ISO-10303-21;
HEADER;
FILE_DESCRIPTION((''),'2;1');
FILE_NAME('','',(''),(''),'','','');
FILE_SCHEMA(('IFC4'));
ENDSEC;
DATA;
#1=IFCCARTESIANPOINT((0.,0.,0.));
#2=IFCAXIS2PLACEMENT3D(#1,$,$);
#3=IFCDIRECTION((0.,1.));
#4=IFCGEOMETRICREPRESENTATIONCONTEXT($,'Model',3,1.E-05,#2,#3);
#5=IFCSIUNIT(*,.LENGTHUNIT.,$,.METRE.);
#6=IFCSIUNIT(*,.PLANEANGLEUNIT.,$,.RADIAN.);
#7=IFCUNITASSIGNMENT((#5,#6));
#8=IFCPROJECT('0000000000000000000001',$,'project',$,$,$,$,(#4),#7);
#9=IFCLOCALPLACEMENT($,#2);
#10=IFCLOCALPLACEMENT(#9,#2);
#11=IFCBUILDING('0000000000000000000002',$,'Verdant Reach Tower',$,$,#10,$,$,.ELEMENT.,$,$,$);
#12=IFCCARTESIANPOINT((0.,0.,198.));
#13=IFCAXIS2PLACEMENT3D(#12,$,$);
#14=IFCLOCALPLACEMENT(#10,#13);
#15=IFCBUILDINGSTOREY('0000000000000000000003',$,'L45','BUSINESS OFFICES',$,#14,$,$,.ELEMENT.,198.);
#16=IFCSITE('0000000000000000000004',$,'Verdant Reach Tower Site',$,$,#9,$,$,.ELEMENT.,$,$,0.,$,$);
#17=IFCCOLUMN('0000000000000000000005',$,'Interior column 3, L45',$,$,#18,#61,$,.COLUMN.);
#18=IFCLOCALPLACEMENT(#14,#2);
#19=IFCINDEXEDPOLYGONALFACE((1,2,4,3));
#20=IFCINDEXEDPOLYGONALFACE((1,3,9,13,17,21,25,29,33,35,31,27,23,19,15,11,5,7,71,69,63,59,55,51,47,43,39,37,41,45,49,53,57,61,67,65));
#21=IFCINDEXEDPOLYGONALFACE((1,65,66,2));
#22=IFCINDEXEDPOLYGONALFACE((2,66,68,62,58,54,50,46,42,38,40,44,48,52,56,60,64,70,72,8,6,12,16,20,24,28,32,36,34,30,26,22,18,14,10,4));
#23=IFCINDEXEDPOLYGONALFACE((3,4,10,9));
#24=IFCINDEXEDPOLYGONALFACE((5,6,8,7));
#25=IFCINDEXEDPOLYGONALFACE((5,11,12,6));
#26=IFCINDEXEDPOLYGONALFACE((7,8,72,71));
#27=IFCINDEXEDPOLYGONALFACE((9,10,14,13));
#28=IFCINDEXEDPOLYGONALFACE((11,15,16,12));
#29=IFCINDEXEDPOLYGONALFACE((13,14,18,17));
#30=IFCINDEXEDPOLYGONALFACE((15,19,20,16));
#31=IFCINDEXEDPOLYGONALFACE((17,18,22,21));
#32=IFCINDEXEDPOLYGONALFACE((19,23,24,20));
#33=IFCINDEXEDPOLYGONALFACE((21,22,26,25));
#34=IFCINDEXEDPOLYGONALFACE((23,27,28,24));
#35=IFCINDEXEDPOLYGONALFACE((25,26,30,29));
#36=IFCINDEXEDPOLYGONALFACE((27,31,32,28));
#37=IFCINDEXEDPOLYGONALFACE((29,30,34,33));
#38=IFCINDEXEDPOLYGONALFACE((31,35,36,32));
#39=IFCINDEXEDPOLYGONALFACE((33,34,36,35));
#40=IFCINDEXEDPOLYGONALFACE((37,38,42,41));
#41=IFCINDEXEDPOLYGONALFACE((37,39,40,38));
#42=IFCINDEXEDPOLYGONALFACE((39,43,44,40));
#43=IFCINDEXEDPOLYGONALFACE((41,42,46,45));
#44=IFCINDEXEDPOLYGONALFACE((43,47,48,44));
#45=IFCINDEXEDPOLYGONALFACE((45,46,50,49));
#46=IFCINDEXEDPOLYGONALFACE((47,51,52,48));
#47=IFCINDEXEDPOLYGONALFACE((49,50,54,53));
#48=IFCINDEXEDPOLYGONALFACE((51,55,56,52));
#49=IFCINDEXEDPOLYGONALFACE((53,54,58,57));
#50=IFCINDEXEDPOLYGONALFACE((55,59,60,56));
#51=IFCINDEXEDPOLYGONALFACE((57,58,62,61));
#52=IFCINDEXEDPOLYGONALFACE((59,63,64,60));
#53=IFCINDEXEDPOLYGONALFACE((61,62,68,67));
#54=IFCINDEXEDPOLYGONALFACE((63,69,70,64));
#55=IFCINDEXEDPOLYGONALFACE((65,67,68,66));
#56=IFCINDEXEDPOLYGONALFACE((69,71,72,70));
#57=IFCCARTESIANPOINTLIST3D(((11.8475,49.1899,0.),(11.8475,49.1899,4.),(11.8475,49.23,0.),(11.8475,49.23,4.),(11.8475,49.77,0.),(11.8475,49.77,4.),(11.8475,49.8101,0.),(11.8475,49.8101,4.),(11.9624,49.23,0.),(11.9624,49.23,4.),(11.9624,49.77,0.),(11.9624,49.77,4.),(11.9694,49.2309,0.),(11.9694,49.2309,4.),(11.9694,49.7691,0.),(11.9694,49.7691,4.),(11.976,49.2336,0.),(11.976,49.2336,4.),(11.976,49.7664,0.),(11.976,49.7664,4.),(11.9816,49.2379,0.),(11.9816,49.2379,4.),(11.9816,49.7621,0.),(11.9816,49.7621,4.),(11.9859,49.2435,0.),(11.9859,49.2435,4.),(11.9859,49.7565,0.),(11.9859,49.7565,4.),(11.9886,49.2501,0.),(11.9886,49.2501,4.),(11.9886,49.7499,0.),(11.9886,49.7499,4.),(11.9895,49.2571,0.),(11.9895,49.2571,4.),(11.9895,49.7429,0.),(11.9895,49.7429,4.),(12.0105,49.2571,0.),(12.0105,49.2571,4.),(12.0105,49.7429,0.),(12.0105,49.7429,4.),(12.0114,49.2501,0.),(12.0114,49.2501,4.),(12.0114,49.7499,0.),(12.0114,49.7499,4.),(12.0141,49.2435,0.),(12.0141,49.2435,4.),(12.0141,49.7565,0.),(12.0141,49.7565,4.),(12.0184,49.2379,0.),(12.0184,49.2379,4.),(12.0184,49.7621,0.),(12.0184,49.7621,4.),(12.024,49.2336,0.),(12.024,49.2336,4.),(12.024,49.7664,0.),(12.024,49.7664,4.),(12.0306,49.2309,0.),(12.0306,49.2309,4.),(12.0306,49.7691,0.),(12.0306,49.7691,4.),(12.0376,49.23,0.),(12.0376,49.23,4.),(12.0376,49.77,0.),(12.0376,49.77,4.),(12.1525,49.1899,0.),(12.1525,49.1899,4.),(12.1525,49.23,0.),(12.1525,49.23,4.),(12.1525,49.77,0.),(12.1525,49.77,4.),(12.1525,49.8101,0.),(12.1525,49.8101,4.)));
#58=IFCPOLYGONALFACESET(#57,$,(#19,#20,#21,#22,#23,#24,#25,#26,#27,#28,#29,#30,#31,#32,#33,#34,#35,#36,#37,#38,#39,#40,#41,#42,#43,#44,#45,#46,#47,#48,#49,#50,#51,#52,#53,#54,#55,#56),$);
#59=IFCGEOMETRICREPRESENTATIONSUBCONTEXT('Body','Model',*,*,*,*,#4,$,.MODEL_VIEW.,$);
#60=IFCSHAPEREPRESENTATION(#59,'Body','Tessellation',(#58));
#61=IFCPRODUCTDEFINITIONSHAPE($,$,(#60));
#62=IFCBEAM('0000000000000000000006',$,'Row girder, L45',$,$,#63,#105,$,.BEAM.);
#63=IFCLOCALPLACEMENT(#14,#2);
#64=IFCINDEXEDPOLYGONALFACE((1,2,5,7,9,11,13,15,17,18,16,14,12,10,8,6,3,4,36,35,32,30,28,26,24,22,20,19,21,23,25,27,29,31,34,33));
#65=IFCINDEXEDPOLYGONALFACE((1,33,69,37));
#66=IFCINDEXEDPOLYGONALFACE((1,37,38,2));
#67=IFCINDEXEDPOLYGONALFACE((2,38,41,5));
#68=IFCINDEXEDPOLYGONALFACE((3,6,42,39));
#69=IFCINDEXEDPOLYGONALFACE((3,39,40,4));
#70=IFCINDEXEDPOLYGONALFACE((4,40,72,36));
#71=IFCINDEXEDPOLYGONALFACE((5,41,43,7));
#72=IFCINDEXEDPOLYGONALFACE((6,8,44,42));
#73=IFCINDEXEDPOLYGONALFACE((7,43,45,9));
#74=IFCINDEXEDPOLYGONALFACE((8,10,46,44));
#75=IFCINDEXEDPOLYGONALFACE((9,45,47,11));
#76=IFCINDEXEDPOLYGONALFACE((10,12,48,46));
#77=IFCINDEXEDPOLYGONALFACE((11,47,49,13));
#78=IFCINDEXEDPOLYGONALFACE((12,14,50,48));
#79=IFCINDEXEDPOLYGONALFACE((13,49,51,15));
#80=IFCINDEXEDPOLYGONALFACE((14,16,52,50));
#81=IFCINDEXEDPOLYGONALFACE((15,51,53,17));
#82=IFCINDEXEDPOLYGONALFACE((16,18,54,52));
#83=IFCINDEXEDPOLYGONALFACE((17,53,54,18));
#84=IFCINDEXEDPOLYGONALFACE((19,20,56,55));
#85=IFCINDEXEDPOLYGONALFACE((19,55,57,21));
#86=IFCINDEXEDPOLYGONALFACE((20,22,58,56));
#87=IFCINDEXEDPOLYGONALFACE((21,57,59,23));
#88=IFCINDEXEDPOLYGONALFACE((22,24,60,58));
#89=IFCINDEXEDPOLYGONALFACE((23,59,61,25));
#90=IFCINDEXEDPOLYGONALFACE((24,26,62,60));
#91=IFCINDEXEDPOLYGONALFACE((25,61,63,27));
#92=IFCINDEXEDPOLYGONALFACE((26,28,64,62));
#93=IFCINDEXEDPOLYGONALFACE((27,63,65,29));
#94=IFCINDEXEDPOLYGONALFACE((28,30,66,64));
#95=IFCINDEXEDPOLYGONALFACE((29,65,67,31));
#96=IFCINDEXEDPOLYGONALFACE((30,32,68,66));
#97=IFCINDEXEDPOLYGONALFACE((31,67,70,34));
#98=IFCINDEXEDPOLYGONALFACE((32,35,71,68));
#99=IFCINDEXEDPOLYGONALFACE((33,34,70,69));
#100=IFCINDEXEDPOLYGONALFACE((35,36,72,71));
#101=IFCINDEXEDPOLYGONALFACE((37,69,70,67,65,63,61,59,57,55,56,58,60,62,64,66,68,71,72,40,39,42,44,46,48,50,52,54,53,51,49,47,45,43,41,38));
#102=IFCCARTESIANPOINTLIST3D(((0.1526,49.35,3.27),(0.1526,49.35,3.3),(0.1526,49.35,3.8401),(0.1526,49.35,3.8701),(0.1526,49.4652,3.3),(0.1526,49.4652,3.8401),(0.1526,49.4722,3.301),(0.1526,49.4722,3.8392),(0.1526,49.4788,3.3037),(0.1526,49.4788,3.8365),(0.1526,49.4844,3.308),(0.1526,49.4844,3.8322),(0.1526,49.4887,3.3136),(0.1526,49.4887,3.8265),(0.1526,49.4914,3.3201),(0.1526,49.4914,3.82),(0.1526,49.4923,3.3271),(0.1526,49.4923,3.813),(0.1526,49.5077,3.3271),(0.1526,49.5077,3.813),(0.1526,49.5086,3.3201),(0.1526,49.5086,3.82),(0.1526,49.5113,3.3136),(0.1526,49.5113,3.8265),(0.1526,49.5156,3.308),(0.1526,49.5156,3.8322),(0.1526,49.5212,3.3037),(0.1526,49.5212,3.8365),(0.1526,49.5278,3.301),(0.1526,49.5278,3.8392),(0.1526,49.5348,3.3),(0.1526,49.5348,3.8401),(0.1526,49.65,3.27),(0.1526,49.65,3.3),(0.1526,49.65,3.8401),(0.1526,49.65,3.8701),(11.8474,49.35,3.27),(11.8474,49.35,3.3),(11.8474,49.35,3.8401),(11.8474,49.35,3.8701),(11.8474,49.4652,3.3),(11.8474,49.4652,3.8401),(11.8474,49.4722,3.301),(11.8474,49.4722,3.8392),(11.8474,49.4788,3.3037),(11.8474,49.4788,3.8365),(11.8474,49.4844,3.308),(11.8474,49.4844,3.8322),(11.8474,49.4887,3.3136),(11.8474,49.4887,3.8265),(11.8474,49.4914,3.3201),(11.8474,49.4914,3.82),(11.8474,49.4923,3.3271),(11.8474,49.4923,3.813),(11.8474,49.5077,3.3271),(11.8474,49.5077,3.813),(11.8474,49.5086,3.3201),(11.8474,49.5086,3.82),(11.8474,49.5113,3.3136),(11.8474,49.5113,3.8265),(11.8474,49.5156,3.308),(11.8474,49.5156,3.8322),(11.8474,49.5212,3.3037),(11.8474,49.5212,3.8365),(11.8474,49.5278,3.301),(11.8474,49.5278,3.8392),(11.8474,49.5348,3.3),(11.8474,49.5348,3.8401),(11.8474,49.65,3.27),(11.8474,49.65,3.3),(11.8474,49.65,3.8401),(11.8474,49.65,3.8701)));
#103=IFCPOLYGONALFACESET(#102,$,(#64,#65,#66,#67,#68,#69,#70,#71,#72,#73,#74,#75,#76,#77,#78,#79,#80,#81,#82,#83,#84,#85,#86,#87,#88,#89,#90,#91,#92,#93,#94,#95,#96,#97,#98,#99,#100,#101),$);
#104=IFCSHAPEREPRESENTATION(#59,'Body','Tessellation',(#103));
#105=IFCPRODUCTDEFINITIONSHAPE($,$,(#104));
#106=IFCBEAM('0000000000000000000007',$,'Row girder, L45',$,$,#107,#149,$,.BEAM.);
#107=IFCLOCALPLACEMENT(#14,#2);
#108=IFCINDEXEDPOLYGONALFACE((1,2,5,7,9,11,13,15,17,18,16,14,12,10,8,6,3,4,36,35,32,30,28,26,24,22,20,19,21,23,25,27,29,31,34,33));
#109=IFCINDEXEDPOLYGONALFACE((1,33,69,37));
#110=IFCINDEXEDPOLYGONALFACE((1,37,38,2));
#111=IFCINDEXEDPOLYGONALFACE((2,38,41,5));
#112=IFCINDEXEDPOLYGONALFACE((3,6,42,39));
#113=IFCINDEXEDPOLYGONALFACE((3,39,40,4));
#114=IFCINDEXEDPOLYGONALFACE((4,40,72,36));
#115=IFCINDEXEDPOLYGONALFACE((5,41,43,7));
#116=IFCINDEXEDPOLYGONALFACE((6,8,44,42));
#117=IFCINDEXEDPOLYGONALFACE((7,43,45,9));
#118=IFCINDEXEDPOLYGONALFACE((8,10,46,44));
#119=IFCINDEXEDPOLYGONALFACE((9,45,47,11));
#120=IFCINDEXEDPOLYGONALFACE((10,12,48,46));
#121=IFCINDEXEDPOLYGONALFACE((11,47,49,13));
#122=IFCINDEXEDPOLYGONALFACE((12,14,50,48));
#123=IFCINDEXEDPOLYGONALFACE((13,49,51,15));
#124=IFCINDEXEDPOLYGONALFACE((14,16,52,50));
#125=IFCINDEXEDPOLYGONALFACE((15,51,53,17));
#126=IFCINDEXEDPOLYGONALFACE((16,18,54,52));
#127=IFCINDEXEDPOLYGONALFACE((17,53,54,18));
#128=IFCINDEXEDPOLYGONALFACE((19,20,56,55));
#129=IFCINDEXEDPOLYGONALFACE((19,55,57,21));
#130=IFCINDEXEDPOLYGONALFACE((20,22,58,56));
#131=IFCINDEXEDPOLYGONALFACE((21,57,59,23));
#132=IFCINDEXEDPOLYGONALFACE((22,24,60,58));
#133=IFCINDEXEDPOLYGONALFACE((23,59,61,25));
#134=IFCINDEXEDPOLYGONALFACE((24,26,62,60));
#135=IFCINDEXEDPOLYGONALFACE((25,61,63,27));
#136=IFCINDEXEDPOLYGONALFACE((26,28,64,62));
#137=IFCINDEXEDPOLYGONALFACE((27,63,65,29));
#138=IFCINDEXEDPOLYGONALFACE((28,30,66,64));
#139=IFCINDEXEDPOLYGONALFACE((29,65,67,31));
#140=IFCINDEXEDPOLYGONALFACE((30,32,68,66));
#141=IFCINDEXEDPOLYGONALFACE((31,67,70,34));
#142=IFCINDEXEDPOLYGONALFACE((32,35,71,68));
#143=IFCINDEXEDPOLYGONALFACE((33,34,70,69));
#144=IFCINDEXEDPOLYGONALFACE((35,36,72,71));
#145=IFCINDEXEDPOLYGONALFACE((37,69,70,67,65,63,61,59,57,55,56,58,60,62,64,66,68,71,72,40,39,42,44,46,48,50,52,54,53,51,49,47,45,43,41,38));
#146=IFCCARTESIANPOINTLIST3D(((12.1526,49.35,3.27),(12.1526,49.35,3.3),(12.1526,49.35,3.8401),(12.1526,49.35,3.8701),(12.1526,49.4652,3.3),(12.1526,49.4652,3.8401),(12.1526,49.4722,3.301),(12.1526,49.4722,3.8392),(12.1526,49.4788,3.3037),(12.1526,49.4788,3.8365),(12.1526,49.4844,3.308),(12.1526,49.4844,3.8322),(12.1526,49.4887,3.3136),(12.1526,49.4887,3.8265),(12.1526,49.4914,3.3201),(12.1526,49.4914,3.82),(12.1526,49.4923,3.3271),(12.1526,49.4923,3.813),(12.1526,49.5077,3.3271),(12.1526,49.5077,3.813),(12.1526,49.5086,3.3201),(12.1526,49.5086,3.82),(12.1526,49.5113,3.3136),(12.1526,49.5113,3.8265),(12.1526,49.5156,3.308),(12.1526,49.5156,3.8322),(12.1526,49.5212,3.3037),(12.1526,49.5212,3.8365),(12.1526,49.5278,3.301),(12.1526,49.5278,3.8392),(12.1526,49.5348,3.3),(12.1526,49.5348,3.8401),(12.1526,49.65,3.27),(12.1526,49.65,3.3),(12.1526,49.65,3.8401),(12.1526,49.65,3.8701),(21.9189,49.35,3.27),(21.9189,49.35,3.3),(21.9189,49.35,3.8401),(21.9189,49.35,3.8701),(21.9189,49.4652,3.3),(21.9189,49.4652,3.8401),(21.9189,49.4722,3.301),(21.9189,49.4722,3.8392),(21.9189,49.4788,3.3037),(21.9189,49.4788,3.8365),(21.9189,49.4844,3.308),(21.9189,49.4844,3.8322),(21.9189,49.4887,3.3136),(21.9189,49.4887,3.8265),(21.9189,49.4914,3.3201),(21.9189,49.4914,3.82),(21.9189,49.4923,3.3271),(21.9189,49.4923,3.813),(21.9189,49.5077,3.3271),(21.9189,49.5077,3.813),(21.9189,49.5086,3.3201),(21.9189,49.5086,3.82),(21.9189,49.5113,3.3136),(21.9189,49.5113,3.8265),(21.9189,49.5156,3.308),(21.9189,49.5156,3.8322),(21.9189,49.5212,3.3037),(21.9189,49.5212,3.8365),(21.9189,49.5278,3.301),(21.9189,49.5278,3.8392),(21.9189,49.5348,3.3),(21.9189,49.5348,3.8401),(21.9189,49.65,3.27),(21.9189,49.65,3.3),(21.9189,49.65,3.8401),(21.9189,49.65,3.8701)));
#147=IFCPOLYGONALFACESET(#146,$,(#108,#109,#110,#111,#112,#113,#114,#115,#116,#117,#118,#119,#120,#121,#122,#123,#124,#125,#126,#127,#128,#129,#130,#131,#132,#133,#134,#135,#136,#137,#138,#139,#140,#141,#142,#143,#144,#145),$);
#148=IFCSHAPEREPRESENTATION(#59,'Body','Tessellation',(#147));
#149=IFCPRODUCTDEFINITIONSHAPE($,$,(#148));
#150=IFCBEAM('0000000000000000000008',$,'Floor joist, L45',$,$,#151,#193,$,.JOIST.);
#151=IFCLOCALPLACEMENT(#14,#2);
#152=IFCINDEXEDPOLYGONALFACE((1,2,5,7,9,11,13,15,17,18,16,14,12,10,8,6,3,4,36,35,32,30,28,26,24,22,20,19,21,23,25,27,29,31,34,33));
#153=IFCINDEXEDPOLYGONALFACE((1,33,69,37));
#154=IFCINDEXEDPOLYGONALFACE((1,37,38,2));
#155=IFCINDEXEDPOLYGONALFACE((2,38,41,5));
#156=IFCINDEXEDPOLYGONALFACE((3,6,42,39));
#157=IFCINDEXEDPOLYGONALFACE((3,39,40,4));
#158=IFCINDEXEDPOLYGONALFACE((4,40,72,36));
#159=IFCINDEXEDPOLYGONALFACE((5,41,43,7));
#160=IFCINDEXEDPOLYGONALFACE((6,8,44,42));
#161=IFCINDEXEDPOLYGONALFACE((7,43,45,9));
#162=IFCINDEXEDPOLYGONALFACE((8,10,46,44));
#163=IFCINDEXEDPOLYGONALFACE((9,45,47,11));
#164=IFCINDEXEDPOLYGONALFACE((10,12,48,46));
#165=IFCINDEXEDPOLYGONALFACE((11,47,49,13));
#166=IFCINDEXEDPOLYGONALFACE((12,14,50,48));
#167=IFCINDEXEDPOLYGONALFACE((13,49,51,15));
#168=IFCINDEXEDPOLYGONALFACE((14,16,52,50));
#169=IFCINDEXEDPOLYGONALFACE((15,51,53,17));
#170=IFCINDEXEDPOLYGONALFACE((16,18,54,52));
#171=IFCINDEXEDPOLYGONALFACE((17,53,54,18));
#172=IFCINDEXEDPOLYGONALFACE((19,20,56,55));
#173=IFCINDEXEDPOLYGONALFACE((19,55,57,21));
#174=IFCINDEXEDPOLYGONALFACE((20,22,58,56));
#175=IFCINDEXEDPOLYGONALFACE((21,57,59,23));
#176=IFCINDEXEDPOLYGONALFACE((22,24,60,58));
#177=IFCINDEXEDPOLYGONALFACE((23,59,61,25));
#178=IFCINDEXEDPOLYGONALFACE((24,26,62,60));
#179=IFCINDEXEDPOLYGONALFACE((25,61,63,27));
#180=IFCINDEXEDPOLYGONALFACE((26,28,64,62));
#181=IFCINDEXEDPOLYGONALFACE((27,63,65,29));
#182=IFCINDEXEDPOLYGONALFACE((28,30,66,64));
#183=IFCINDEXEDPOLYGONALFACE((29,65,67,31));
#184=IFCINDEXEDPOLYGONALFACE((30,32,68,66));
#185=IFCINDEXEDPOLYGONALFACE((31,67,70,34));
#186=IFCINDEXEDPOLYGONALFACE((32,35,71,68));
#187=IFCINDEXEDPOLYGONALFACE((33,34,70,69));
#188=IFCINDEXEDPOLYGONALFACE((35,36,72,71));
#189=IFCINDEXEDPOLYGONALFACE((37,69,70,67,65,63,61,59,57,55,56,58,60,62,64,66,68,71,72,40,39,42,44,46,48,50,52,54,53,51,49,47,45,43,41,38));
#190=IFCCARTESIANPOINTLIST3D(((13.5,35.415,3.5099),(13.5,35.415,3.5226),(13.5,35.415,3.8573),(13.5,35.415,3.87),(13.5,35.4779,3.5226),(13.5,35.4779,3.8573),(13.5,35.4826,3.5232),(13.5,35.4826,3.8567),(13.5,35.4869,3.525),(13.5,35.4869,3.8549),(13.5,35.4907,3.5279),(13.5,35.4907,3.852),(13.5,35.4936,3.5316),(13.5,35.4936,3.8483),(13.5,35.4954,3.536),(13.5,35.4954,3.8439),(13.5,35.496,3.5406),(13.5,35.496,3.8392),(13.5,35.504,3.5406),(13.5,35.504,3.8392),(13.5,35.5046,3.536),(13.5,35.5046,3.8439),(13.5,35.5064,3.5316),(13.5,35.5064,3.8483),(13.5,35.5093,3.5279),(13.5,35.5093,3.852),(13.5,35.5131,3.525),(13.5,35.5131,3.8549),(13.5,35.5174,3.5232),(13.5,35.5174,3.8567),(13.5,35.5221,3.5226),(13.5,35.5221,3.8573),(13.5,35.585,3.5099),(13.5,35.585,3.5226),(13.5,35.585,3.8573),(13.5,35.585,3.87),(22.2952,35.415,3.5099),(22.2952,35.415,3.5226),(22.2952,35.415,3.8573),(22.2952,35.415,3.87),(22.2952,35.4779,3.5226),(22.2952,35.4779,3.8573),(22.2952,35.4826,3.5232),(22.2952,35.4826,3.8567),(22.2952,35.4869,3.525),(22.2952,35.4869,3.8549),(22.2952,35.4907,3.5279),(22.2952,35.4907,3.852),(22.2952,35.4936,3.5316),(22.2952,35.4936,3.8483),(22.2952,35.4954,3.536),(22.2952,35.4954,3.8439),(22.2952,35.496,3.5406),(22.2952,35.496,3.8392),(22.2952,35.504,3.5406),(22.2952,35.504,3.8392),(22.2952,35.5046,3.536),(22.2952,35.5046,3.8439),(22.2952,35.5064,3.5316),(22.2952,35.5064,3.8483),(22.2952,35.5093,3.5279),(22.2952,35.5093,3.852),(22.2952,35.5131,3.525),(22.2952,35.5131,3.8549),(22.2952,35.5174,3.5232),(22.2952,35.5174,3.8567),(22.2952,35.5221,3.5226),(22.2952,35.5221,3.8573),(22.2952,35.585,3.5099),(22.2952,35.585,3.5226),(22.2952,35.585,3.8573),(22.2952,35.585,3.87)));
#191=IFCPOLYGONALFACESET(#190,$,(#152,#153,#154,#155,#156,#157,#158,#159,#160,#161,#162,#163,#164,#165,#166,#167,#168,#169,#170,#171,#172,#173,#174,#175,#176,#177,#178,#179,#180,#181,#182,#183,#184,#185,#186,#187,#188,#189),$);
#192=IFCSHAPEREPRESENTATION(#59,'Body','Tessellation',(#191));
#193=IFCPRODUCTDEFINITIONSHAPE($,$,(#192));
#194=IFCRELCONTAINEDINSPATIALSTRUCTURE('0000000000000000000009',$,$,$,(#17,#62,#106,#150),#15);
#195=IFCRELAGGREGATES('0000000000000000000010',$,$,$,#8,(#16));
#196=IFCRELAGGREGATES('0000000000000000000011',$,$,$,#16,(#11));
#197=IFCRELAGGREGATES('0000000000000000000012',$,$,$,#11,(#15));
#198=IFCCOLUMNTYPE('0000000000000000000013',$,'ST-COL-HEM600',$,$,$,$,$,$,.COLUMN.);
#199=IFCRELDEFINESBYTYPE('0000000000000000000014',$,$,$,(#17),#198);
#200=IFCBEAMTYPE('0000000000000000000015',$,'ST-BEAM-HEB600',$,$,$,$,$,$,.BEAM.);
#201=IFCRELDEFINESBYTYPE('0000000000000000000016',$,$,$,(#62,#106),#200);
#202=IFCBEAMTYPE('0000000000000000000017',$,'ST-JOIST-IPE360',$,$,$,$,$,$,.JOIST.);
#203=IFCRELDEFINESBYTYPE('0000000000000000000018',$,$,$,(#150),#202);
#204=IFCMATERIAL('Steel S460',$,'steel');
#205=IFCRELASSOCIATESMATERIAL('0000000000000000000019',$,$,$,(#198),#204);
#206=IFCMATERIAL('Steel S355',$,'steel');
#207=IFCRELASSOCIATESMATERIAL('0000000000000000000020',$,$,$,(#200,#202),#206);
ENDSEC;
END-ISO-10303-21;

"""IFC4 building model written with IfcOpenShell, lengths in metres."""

from ifc_helpers import new_model, si_unit, direction, frame, origin, origin_2d, place, context, subcontext, project, spatial, i_section, extrude, material, material_profile, profile_set, type_object, element, save


model = new_model("IFC4")

# Units and contexts
model_context = context("Model", 3, precision=1e-05, world=origin(), true_north=direction((0.0, 1.0)))
body_context = subcontext(model_context, "Body", "Model", "MODEL_VIEW")
ifc_project = project(units=[si_unit("LENGTHUNIT", "METRE"), si_unit("PLANEANGLEUNIT", "RADIAN")], contexts=[model_context])

# Site, building, storey
site_placement = place(None, origin())
site = spatial("IfcSite", under=ifc_project, at=site_placement, Name="Verdant Reach Tower Site", CompositionType="ELEMENT", RefElevation=0.0)
building_placement = place(site_placement, origin())
building = spatial("IfcBuilding", under=site, at=building_placement, Name="Verdant Reach Tower", CompositionType="ELEMENT")
storey_placement = place(building_placement, frame((0.0, 0.0, 198.0)))
storey = spatial("IfcBuildingStorey", under=building, at=storey_placement, Name="L45", Description="BUSINESS OFFICES", CompositionType="ELEMENT", Elevation=198.0)

# Column
ifc_material_1 = material(Name="Steel S460", Category="steel")
ifc_material_profile_1 = material_profile(ifc_material_1, i_section(OverallWidth=0.3049, OverallDepth=0.6201, WebThickness=0.021, FlangeThickness=0.04, FilletRadius=0.0271, at=origin_2d()), Name="HEM 600")
ifc_profile_set_1 = profile_set([ifc_material_profile_1], Name="Steel S460")
column_type = type_object("IfcColumnType", Name="ST-COL-HEM600", PredefinedType="COLUMN", material=ifc_profile_set_1)
column_placement = place(storey_placement, frame((12.0, 49.5, 0.0), z_axis=(0.0, 0.0, 1.0), x_axis=(1.0, 0.0, 0.0)))
element("IfcColumn", 1, at=column_placement, inside=storey, type_object=column_type, Name="Interior column 3, L45", PredefinedType="COLUMN", context=body_context, shape_type="SweptSolid", body=[
    extrude(i_section(OverallWidth=0.3049, OverallDepth=0.6201, WebThickness=0.021, FlangeThickness=0.04, FilletRadius=0.0271, at=origin_2d()), origin(), (0.0, 0.0, 1.0), 4.0),
])

# Beams
ifc_material_2 = material(Name="Steel S355", Category="steel")
ifc_material_profile_2 = material_profile(ifc_material_2, i_section(OverallWidth=0.3, OverallDepth=0.6001, WebThickness=0.0154, FlangeThickness=0.03, FilletRadius=0.0271, at=origin_2d()), Name="HEB 600")
ifc_profile_set_2 = profile_set([ifc_material_profile_2], Name="Steel S355")
beam_type_1 = type_object("IfcBeamType", Name="ST-BEAM-HEB600", PredefinedType="BEAM", material=ifc_profile_set_2)
beam_1_placement = place(storey_placement, frame((0.1526, 49.5, 3.5701), z_axis=(1.0, 0.0, 0.0), x_axis=(0.0, 1.0, 0.0)))
element("IfcBeam", 2, at=beam_1_placement, inside=storey, type_object=beam_type_1, Name="Row girder, L45", PredefinedType="BEAM", context=body_context, shape_type="SweptSolid", body=[
    extrude(i_section(OverallWidth=0.3, OverallDepth=0.6001, WebThickness=0.0154, FlangeThickness=0.03, FilletRadius=0.0271, at=origin_2d()), origin(), (0.0, 0.0, 1.0), 11.6948),
])
beam_2_placement = place(storey_placement, frame((12.1526, 49.5, 3.5701), z_axis=(1.0, 0.0, 0.0), x_axis=(0.0, 1.0, 0.0)))
element("IfcBeam", 3, at=beam_2_placement, inside=storey, type_object=beam_type_1, Name="Row girder, L45", PredefinedType="BEAM", context=body_context, shape_type="SweptSolid", body=[
    extrude(i_section(OverallWidth=0.3, OverallDepth=0.6001, WebThickness=0.0154, FlangeThickness=0.03, FilletRadius=0.0271, at=origin_2d()), origin(), (0.0, 0.0, 1.0), 9.7664),
])
ifc_material_profile_3 = material_profile(ifc_material_2, i_section(OverallWidth=0.1699, OverallDepth=0.3601, WebThickness=0.0081, FlangeThickness=0.0127, FilletRadius=0.0181, at=origin_2d()), Name="IPE 360")
ifc_profile_set_3 = profile_set([ifc_material_profile_3], Name="Steel S355")
beam_type_2 = type_object("IfcBeamType", Name="ST-JOIST-IPE360", PredefinedType="JOIST", material=ifc_profile_set_3)
beam_3_placement = place(storey_placement, frame((13.5, 35.5, 3.6899), z_axis=(1.0, 0.0, 0.0), x_axis=(0.0, 1.0, 0.0)))
element("IfcBeam", 4, at=beam_3_placement, inside=storey, type_object=beam_type_2, Name="Floor joist, L45", PredefinedType="JOIST", context=body_context, shape_type="SweptSolid", body=[
    extrude(i_section(OverallWidth=0.1699, OverallDepth=0.3601, WebThickness=0.0081, FlangeThickness=0.0127, FilletRadius=0.0181, at=origin_2d()), origin(), (0.0, 0.0, 1.0), 8.7952),
])

save(model, "model.ifc")
